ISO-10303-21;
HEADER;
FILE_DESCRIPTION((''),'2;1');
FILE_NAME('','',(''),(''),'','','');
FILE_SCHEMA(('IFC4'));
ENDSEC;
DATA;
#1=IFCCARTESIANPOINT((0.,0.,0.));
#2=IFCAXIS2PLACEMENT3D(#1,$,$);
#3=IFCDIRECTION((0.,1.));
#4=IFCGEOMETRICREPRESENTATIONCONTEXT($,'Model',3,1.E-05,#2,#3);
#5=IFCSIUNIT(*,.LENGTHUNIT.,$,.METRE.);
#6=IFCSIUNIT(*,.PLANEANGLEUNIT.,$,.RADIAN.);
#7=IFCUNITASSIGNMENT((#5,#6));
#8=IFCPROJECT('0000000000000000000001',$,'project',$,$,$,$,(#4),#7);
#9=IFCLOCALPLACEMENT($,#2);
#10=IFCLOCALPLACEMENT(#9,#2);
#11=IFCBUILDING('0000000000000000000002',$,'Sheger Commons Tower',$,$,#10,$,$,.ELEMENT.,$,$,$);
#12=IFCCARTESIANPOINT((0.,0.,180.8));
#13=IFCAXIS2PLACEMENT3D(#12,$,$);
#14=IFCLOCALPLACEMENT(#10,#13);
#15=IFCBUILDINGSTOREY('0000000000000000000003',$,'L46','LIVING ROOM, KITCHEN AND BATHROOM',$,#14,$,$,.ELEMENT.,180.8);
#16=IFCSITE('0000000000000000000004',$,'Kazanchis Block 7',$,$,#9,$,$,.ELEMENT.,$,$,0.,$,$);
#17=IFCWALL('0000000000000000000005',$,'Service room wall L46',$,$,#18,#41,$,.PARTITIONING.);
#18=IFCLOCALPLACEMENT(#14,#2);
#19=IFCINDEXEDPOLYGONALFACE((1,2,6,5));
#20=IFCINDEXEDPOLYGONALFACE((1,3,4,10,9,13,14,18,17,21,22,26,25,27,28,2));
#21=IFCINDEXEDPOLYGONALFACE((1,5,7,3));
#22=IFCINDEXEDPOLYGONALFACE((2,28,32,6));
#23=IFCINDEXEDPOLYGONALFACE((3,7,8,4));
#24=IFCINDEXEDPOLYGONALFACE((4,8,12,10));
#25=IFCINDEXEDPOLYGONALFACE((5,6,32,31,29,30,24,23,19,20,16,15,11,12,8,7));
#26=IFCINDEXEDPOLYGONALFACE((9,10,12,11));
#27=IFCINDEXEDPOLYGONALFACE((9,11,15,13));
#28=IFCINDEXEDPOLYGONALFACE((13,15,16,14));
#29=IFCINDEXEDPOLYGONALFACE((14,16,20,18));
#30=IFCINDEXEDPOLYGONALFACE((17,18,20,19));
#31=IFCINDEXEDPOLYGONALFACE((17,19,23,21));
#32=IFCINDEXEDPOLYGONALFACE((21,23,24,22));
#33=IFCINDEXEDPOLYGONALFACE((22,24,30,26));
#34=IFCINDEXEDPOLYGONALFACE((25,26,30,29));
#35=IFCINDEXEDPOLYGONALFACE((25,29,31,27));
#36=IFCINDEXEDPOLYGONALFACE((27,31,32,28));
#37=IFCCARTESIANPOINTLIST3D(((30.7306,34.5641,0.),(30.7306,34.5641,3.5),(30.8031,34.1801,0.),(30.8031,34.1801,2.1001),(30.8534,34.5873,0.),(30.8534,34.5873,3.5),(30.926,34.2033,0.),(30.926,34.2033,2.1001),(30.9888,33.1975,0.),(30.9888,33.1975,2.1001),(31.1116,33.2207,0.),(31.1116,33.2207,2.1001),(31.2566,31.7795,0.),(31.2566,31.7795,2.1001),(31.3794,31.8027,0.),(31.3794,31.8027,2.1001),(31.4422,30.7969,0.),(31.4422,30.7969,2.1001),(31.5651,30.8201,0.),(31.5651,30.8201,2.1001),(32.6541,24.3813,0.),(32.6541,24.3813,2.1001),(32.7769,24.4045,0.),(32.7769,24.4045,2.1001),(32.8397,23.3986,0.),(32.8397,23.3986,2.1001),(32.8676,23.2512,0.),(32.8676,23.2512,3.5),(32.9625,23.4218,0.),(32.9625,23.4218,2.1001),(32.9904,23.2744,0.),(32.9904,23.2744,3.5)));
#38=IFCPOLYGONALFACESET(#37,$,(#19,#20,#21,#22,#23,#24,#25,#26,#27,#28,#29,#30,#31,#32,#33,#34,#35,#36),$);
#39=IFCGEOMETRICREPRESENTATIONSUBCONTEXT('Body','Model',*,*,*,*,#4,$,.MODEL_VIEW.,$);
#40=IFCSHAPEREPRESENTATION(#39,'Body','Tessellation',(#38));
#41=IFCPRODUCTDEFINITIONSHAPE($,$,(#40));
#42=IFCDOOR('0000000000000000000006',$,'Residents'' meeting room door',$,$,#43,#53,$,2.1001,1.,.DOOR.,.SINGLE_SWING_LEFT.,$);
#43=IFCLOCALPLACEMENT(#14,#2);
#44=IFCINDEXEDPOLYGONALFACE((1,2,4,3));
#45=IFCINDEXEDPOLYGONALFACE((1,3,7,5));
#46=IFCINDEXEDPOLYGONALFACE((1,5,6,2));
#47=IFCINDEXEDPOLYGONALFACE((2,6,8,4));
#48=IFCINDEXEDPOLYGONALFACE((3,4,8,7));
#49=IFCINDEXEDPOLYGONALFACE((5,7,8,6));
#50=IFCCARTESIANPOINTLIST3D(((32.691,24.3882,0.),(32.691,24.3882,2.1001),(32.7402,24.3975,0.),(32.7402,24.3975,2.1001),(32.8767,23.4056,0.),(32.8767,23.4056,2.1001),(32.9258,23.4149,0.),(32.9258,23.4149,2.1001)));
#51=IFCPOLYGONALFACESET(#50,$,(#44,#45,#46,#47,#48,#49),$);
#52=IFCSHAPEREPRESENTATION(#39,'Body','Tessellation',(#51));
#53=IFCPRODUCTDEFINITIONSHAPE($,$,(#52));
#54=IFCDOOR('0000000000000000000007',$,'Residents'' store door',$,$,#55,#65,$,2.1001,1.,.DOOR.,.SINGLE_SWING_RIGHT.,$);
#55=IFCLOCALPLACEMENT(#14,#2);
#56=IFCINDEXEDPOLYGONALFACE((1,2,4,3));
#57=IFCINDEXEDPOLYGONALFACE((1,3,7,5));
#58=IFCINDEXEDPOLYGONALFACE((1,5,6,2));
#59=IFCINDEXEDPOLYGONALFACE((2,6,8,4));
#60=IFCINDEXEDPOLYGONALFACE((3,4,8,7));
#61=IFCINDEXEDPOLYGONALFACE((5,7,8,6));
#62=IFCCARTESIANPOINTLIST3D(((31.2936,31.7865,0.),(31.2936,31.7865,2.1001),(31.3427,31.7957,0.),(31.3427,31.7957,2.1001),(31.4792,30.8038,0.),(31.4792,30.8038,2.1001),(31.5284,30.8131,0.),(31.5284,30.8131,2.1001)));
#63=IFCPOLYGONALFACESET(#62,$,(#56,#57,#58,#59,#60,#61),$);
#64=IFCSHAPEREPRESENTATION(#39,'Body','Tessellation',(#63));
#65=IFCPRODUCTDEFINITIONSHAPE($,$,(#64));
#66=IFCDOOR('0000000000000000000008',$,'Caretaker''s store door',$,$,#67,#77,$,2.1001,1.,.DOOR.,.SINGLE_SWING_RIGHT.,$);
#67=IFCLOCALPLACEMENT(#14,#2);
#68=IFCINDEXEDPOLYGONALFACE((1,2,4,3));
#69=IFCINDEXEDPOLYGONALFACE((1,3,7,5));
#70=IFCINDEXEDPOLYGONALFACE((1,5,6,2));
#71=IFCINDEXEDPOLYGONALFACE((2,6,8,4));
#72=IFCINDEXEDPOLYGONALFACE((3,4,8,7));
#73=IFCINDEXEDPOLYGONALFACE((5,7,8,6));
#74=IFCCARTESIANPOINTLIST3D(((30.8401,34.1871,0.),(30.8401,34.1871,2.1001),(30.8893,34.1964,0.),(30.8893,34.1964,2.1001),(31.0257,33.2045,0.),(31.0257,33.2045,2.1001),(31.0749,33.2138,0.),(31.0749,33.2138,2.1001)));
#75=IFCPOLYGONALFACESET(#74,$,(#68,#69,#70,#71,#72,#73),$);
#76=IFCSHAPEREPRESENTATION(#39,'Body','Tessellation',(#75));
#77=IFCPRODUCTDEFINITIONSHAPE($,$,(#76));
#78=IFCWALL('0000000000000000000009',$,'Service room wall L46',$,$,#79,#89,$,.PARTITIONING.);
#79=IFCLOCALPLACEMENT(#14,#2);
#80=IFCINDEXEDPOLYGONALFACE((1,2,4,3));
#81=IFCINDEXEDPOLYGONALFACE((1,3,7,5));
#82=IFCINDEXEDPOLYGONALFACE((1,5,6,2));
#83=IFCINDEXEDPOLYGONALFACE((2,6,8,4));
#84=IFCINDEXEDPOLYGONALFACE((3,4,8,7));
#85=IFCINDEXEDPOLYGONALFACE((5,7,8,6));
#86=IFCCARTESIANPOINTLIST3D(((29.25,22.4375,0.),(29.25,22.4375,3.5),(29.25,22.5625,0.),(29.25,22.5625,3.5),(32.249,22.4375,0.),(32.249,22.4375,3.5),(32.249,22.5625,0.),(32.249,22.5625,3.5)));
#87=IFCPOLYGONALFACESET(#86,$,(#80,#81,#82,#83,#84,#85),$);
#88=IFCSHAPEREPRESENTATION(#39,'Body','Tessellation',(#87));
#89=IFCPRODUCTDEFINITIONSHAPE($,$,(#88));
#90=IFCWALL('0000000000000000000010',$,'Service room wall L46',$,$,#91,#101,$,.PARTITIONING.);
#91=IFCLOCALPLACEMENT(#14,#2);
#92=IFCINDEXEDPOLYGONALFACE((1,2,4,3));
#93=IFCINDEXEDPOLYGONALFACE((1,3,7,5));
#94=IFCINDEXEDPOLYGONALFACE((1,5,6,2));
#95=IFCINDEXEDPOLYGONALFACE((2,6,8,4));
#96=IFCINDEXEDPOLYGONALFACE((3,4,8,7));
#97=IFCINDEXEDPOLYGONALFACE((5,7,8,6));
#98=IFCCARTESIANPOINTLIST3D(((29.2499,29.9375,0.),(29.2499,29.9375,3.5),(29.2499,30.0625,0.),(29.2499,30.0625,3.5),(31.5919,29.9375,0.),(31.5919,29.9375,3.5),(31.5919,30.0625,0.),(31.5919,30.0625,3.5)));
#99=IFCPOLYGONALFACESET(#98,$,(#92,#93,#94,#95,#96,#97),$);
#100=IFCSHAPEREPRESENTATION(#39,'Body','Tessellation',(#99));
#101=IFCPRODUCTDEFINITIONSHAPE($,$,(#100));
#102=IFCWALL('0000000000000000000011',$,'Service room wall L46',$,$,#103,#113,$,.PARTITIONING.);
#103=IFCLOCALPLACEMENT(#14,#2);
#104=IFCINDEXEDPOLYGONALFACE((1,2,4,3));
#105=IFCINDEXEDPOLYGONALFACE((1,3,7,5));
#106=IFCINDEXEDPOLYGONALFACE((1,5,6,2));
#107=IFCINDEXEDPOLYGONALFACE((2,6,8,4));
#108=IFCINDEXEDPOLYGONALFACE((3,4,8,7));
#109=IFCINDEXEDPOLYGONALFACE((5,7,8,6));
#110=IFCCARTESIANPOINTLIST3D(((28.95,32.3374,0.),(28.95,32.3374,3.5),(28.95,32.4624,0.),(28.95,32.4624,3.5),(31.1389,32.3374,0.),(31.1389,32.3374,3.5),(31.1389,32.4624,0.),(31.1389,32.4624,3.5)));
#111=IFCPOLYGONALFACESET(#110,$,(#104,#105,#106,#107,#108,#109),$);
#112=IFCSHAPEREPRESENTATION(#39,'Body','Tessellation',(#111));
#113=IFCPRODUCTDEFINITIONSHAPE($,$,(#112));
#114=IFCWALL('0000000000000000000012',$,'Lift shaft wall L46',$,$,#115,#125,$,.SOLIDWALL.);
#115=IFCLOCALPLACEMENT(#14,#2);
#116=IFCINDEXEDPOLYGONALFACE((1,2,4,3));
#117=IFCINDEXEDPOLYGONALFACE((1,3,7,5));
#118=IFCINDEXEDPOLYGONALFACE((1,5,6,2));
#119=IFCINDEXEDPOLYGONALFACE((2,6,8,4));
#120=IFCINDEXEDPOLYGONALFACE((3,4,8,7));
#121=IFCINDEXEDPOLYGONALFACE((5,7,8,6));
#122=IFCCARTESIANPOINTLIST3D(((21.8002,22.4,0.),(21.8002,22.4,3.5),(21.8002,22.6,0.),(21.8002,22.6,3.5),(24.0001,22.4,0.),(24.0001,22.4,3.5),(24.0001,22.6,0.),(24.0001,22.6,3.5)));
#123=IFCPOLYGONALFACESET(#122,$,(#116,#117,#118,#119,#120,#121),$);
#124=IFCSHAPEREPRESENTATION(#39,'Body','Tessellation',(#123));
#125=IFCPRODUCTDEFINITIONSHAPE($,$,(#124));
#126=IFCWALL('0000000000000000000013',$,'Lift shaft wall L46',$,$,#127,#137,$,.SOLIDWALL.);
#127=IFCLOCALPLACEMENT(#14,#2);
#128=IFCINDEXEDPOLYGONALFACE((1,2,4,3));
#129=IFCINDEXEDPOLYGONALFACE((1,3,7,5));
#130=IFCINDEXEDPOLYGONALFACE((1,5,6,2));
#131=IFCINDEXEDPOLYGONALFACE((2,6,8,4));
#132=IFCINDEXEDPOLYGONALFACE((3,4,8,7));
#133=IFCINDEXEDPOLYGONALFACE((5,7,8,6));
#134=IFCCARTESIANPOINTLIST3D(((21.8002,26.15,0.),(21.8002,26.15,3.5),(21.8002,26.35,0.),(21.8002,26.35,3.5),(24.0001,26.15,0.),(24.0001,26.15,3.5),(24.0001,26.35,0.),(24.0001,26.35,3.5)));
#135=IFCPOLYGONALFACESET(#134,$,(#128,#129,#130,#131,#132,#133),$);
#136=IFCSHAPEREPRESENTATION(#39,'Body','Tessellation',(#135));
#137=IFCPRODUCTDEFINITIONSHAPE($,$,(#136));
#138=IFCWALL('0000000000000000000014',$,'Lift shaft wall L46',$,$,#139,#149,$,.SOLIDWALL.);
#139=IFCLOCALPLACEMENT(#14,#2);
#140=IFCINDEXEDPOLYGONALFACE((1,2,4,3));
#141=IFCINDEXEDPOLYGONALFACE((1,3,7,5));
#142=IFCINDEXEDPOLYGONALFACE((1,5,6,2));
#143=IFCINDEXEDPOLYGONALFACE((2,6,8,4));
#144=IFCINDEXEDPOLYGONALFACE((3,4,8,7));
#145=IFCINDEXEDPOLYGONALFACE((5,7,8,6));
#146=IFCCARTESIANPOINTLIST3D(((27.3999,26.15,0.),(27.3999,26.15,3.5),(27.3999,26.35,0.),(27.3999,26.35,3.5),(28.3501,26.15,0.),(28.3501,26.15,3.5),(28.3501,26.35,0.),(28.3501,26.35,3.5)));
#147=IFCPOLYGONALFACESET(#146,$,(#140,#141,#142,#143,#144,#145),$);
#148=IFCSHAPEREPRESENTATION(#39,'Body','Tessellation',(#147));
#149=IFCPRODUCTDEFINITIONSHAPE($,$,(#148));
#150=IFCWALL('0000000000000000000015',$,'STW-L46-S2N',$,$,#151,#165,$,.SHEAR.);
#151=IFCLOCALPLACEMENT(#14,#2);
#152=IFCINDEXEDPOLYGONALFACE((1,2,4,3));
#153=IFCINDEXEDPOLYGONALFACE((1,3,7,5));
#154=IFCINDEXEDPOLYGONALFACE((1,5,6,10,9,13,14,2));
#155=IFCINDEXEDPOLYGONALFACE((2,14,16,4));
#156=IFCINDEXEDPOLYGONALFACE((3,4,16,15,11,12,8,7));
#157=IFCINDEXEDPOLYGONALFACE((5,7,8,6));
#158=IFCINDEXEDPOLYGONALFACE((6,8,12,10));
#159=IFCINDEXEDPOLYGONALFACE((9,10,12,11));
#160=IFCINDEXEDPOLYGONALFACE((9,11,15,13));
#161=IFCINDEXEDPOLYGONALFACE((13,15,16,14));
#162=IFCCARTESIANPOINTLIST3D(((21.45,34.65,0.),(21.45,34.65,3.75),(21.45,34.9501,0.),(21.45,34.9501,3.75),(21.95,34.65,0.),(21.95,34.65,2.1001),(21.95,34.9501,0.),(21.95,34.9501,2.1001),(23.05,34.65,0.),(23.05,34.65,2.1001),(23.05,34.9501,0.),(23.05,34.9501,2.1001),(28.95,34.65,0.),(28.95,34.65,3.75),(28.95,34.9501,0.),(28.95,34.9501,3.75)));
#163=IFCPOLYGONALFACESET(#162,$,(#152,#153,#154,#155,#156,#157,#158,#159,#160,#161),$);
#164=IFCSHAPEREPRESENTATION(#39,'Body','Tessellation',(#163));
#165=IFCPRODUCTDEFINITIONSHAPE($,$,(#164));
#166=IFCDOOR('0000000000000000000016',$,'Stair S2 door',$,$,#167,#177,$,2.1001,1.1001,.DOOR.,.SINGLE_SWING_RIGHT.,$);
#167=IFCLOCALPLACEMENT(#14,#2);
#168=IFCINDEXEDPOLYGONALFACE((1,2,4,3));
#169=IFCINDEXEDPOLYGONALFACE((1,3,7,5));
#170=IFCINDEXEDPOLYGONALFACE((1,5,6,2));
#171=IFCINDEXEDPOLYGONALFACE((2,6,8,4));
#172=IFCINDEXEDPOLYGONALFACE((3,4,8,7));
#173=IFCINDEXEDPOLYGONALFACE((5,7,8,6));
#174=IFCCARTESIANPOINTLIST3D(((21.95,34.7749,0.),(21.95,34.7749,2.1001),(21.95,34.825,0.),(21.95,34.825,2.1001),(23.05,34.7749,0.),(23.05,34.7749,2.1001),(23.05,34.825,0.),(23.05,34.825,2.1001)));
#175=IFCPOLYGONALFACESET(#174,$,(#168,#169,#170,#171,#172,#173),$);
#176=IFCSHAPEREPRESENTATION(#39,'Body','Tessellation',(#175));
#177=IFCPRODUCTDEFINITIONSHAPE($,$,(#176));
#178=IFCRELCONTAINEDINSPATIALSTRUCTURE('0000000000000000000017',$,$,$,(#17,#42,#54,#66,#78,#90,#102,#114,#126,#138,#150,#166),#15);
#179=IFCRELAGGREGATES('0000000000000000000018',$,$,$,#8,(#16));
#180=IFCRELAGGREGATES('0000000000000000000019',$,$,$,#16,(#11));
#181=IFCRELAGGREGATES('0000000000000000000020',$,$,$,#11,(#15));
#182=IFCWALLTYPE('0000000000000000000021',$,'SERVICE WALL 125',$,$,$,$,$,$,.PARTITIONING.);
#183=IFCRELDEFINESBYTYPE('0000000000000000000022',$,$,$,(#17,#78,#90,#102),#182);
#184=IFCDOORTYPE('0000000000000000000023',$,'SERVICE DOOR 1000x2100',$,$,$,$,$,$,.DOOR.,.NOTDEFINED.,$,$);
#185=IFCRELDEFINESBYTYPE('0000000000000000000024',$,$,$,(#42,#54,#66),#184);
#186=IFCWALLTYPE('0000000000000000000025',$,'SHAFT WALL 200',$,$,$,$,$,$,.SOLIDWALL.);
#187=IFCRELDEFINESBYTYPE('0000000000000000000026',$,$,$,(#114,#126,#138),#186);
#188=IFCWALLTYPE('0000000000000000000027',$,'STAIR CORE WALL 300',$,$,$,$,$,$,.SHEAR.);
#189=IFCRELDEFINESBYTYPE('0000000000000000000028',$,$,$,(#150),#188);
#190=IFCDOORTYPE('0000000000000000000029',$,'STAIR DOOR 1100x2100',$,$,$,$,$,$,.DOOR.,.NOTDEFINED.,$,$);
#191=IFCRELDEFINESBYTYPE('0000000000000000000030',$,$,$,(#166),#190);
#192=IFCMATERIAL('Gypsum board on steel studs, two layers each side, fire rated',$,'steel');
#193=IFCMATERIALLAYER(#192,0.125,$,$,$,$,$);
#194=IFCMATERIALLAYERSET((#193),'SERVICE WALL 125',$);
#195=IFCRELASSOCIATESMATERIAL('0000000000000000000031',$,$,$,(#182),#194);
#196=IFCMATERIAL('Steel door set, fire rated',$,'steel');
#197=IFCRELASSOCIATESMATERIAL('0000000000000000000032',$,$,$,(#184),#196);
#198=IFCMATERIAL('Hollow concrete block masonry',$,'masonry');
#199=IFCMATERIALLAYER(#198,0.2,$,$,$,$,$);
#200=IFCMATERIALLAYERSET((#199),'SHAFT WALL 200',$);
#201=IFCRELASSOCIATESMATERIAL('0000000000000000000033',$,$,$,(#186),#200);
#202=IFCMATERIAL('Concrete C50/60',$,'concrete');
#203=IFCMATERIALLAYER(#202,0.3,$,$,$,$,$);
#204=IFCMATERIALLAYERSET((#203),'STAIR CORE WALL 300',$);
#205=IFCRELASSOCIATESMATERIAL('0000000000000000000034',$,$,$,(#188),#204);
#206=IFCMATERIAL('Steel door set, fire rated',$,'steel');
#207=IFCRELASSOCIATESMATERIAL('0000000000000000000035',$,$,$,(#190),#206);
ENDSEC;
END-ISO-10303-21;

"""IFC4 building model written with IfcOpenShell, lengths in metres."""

from ifc_helpers import new_model, si_unit, direction, frame, frame_2d, origin, place, context, subcontext, project, spatial, rectangle, extrude, material, layer, layer_set, type_object, element, fill, save


model = new_model("IFC4")

# Units and contexts
model_context = context("Model", 3, precision=1e-05, world=origin(), true_north=direction((0.0, 1.0)))
body_context = subcontext(model_context, "Body", "Model", "MODEL_VIEW")
ifc_project = project(units=[si_unit("LENGTHUNIT", "METRE"), si_unit("PLANEANGLEUNIT", "RADIAN")], contexts=[model_context])

# Site, building, storey
site_placement = place(None, origin())
site = spatial("IfcSite", under=ifc_project, at=site_placement, Name="Kazanchis Block 7", CompositionType="ELEMENT", RefElevation=0.0)
building_placement = place(site_placement, origin())
building = spatial("IfcBuilding", under=site, at=building_placement, Name="Sheger Commons Tower", CompositionType="ELEMENT")
storey_placement = place(building_placement, frame((0.0, 0.0, 180.8)))
storey = spatial("IfcBuildingStorey", under=building, at=storey_placement, Name="L46", Description="LIVING ROOM, KITCHEN AND BATHROOM", CompositionType="ELEMENT", Elevation=180.8)

# Shared definitions
ifc_material_1 = material(Name="Gypsum board on steel studs, two layers each side, fire rated", Category="steel")
ifc_layer_1 = layer(ifc_material_1, 0.125)
ifc_layer_set_1 = layer_set([ifc_layer_1], Name="SERVICE WALL 125")
wall_type_1 = type_object("IfcWallType", Name="SERVICE WALL 125", PredefinedType="PARTITIONING", material=ifc_layer_set_1)

# Wall, openings, doors
wall_1_placement = place(storey_placement, frame((32.929, 23.2629, 0.0), z_axis=(0.0, 0.0, 1.0), x_axis=(-0.185612, 0.982623, 0.0)))
wall_1 = element("IfcWall", 1, at=wall_1_placement, inside=storey, type_object=wall_type_1, Name="Service room wall L46", PredefinedType="PARTITIONING", context=body_context, shape_type="SweptSolid", body=[
    extrude(rectangle(XDim=11.5129, YDim=0.125, at=frame_2d((5.7563, 0.0))), origin(), (0.0, 0.0, 1.0), 3.5),
])
opening_1_placement = place(wall_1_placement, frame((0.1499, 0.0, 0.0)))
opening_1 = element("IfcOpeningElement", 2, at=opening_1_placement, cuts=wall_1, PredefinedType="OPENING", context=body_context, shape_type="SweptSolid", body=[
    extrude(rectangle(XDim=1.0, YDim=2.1001, at=frame_2d((0.5, 1.05))), frame((0.0, 0.0725, 0.0), z_axis=(0.0, -1.0, 0.0), x_axis=(1.0, 0.0, 0.0)), (0.0, 0.0, 1.0), 0.145),
])
opening_2_placement = place(wall_1_placement, frame((7.679, 0.0, 0.0)))
opening_2 = element("IfcOpeningElement", 3, at=opening_2_placement, cuts=wall_1, PredefinedType="OPENING", context=body_context, shape_type="SweptSolid", body=[
    extrude(rectangle(XDim=1.0, YDim=2.1001, at=frame_2d((0.5, 1.05))), frame((0.0, 0.0725, 0.0), z_axis=(0.0, -1.0, 0.0), x_axis=(1.0, 0.0, 0.0)), (0.0, 0.0, 1.0), 0.145),
])
opening_3_placement = place(wall_1_placement, frame((10.1221, 0.0, 0.0)))
opening_3 = element("IfcOpeningElement", 4, at=opening_3_placement, cuts=wall_1, PredefinedType="OPENING", context=body_context, shape_type="SweptSolid", body=[
    extrude(rectangle(XDim=1.0, YDim=2.1001, at=frame_2d((0.5, 1.05))), frame((0.0, 0.0725, 0.0), z_axis=(0.0, -1.0, 0.0), x_axis=(1.0, 0.0, 0.0)), (0.0, 0.0, 1.0), 0.145),
])
ifc_material_2 = material(Name="Steel door set, fire rated", Category="steel")
door_type_1 = type_object("IfcDoorType", Name="SERVICE DOOR 1000x2100", OperationType="NOTDEFINED", PredefinedType="DOOR", material=ifc_material_2)
door_1_placement = place(opening_1_placement, origin())
door_1 = element("IfcDoor", 5, at=door_1_placement, inside=storey, type_object=door_type_1, Name="Residents' meeting room door", OperationType="SINGLE_SWING_LEFT", OverallHeight=2.1001, OverallWidth=1.0, PredefinedType="DOOR", context=body_context, shape_type="SweptSolid", body=[
    extrude(rectangle(XDim=1.0, YDim=2.1001, at=frame_2d((0.5, 1.05))), frame((0.0, 0.0249, 0.0), z_axis=(0.0, -1.0, 0.0), x_axis=(1.0, 0.0, 0.0)), (0.0, 0.0, 1.0), 0.05),
])
fill(opening_1, door_1)
door_2_placement = place(opening_2_placement, origin())
door_2 = element("IfcDoor", 6, at=door_2_placement, inside=storey, type_object=door_type_1, Name="Residents' store door", OperationType="SINGLE_SWING_RIGHT", OverallHeight=2.1001, OverallWidth=1.0, PredefinedType="DOOR", context=body_context, shape_type="SweptSolid", body=[
    extrude(rectangle(XDim=1.0, YDim=2.1001, at=frame_2d((0.5, 1.05))), frame((0.0, 0.0249, 0.0), z_axis=(0.0, -1.0, 0.0), x_axis=(1.0, 0.0, 0.0)), (0.0, 0.0, 1.0), 0.05),
])
fill(opening_2, door_2)
door_3_placement = place(opening_3_placement, origin())
door_3 = element("IfcDoor", 7, at=door_3_placement, inside=storey, type_object=door_type_1, Name="Caretaker's store door", OperationType="SINGLE_SWING_RIGHT", OverallHeight=2.1001, OverallWidth=1.0, PredefinedType="DOOR", context=body_context, shape_type="SweptSolid", body=[
    extrude(rectangle(XDim=1.0, YDim=2.1001, at=frame_2d((0.5, 1.05))), frame((0.0, 0.0249, 0.0), z_axis=(0.0, -1.0, 0.0), x_axis=(1.0, 0.0, 0.0)), (0.0, 0.0, 1.0), 0.05),
])
fill(opening_3, door_3)

# Walls
wall_2_placement = place(storey_placement, frame((29.25, 22.5, 0.0), z_axis=(0.0, 0.0, 1.0), x_axis=(1.0, 0.0, 0.0)))
element("IfcWall", 8, at=wall_2_placement, inside=storey, type_object=wall_type_1, Name="Service room wall L46", PredefinedType="PARTITIONING", context=body_context, shape_type="SweptSolid", body=[
    extrude(rectangle(XDim=2.999, YDim=0.125, at=frame_2d((1.4995, 0.0))), origin(), (0.0, 0.0, 1.0), 3.5),
])
wall_3_placement = place(storey_placement, frame((29.25, 30.0, 0.0), z_axis=(0.0, 0.0, 1.0), x_axis=(1.0, 0.0, 0.0)))
element("IfcWall", 9, at=wall_3_placement, inside=storey, type_object=wall_type_1, Name="Service room wall L46", PredefinedType="PARTITIONING", context=body_context, shape_type="SweptSolid", body=[
    extrude(rectangle(XDim=2.342, YDim=0.125, at=frame_2d((1.1709, 0.0))), origin(), (0.0, 0.0, 1.0), 3.5),
])
wall_4_placement = place(storey_placement, frame((28.95, 32.3999, 0.0), z_axis=(0.0, 0.0, 1.0), x_axis=(1.0, 0.0, 0.0)))
element("IfcWall", 10, at=wall_4_placement, inside=storey, type_object=wall_type_1, Name="Service room wall L46", PredefinedType="PARTITIONING", context=body_context, shape_type="SweptSolid", body=[
    extrude(rectangle(XDim=2.189, YDim=0.125, at=frame_2d((1.0945, 0.0))), origin(), (0.0, 0.0, 1.0), 3.5),
])
ifc_material_3 = material(Name="Hollow concrete block masonry", Category="masonry")
ifc_layer_2 = layer(ifc_material_3, 0.2)
ifc_layer_set_2 = layer_set([ifc_layer_2], Name="SHAFT WALL 200")
wall_type_2 = type_object("IfcWallType", Name="SHAFT WALL 200", PredefinedType="SOLIDWALL", material=ifc_layer_set_2)
for number, where, z_axis, x_axis, name in (
    (11, (21.8, 22.5, 0.0), (0.0, 0.0, 1.0), (1.0, 0.0, 0.0), "Lift shaft wall L46"),
    (12, (21.8, 26.25, 0.0), (0.0, 0.0, 1.0), (1.0, 0.0, 0.0), "Lift shaft wall L46"),
):
    element("IfcWall", number, at=place(storey_placement, frame(where, z_axis=z_axis, x_axis=x_axis)), inside=storey, type_object=wall_type_2, Name=name, PredefinedType="SOLIDWALL", context=body_context, shape_type="SweptSolid", body=[
        extrude(rectangle(XDim=2.2, YDim=0.2, at=frame_2d((1.1001, 0.0))), origin(), (0.0, 0.0, 1.0), 3.5),
    ])
wall_5_placement = place(storey_placement, frame((27.3999, 26.25, 0.0), z_axis=(0.0, 0.0, 1.0), x_axis=(1.0, 0.0, 0.0)))
element("IfcWall", 13, at=wall_5_placement, inside=storey, type_object=wall_type_2, Name="Lift shaft wall L46", PredefinedType="SOLIDWALL", context=body_context, shape_type="SweptSolid", body=[
    extrude(rectangle(XDim=0.9502, YDim=0.2, at=frame_2d((0.4751, 0.0))), origin(), (0.0, 0.0, 1.0), 3.5),
])

# Wall, opening, door
ifc_material_4 = material(Name="Concrete C50/60", Category="concrete")
ifc_layer_3 = layer(ifc_material_4, 0.3)
ifc_layer_set_3 = layer_set([ifc_layer_3], Name="STAIR CORE WALL 300")
wall_type_3 = type_object("IfcWallType", Name="STAIR CORE WALL 300", PredefinedType="SHEAR", material=ifc_layer_set_3)
wall_6_placement = place(storey_placement, frame((21.45, 34.8, 0.0), z_axis=(0.0, 0.0, 1.0), x_axis=(1.0, 0.0, 0.0)))
wall_6 = element("IfcWall", 14, at=wall_6_placement, inside=storey, type_object=wall_type_3, Name="STW-L46-S2N", PredefinedType="SHEAR", context=body_context, shape_type="SweptSolid", body=[
    extrude(rectangle(XDim=7.5, YDim=0.3, at=frame_2d((3.75, 0.0))), origin(), (0.0, 0.0, 1.0), 3.75),
])
opening_4_placement = place(wall_6_placement, frame((0.5, 0.0, 0.0)))
opening_4 = element("IfcOpeningElement", 15, at=opening_4_placement, cuts=wall_6, PredefinedType="OPENING", context=body_context, shape_type="SweptSolid", body=[
    extrude(rectangle(XDim=1.1001, YDim=2.1001, at=frame_2d((0.55, 1.05))), frame((0.0, 0.1599, 0.0), z_axis=(0.0, -1.0, 0.0), x_axis=(1.0, 0.0, 0.0)), (0.0, 0.0, 1.0), 0.3201),
])
ifc_material_5 = material(Name="Steel door set, fire rated", Category="steel")
door_type_2 = type_object("IfcDoorType", Name="STAIR DOOR 1100x2100", OperationType="NOTDEFINED", PredefinedType="DOOR", material=ifc_material_5)
door_4_placement = place(opening_4_placement, origin())
door_4 = element("IfcDoor", 16, at=door_4_placement, inside=storey, type_object=door_type_2, Name="Stair S2 door", OperationType="SINGLE_SWING_RIGHT", OverallHeight=2.1001, OverallWidth=1.1001, PredefinedType="DOOR", context=body_context, shape_type="SweptSolid", body=[
    extrude(rectangle(XDim=1.1001, YDim=2.1001, at=frame_2d((0.55, 1.05))), frame((0.0, 0.0249, 0.0), z_axis=(0.0, -1.0, 0.0), x_axis=(1.0, 0.0, 0.0)), (0.0, 0.0, 1.0), 0.05),
])
fill(opening_4, door_4)

save(model, "model.ifc")
